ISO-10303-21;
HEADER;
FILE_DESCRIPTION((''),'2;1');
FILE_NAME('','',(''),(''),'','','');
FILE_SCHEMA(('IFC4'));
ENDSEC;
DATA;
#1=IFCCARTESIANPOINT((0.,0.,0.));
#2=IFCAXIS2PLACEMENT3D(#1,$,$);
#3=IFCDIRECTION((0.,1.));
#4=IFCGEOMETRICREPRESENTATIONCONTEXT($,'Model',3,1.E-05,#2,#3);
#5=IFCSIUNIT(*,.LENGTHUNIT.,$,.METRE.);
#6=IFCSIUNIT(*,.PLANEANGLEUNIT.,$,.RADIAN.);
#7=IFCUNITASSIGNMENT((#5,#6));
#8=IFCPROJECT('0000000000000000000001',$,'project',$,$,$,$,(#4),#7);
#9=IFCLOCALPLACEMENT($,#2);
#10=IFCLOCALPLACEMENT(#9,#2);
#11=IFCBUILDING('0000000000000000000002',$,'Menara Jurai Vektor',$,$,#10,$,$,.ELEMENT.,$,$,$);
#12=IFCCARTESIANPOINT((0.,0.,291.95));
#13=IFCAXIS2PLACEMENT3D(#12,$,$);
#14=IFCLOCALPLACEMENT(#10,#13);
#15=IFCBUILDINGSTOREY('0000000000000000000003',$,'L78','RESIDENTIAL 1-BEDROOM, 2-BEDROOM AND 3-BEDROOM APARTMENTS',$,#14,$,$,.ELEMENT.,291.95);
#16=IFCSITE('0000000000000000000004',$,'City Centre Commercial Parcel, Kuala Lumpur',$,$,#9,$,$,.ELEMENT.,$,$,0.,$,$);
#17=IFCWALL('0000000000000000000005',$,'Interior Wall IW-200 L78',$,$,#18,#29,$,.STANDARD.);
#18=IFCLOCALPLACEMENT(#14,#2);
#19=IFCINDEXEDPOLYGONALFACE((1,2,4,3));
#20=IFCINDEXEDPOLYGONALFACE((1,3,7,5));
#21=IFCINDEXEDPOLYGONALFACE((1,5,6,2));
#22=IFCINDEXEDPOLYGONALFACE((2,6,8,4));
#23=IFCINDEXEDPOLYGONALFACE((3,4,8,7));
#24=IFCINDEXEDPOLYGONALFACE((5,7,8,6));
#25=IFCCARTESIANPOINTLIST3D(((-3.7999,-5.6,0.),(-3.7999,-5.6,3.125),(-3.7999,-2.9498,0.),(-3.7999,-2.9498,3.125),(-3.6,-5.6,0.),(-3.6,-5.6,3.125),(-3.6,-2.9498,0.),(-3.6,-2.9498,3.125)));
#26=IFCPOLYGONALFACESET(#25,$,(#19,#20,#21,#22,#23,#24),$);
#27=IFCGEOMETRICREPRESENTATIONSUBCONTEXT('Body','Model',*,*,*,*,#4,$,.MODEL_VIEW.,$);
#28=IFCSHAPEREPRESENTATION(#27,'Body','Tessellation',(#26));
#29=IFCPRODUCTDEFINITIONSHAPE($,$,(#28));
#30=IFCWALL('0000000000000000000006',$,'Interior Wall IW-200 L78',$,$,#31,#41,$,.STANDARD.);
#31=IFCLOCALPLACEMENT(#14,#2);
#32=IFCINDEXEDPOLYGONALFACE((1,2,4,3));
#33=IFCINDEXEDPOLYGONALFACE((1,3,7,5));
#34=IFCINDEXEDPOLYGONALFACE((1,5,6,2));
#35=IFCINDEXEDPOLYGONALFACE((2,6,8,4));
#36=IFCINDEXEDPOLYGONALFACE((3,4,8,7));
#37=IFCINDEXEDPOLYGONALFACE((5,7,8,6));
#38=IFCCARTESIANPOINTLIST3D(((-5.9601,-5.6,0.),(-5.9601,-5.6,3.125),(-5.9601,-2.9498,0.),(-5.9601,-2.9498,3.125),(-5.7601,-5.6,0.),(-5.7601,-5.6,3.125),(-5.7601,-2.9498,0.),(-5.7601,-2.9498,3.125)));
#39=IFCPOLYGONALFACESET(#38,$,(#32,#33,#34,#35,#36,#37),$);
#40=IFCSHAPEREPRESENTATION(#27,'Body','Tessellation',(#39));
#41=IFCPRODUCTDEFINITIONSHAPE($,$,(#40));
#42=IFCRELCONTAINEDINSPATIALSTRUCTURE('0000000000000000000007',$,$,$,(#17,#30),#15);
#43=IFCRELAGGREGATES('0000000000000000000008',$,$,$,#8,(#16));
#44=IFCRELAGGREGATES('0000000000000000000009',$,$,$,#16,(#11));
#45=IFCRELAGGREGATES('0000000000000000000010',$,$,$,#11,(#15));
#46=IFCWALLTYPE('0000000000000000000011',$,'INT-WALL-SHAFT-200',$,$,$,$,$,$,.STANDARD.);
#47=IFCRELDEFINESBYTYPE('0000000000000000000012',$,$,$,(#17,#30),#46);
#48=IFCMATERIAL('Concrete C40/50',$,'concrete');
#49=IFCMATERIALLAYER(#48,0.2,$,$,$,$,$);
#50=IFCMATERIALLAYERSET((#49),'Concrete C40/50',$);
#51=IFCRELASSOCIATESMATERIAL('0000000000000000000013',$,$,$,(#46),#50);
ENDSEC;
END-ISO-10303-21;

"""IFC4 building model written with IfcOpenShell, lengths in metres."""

from ifc_helpers import new_model, si_unit, direction, frame, frame_2d, origin, place, context, subcontext, project, spatial, rectangle, extrude, material, layer, layer_set, type_object, element, save


model = new_model("IFC4")

# Units and contexts
model_context = context("Model", 3, precision=1e-05, world=origin(), true_north=direction((0.0, 1.0)))
body_context = subcontext(model_context, "Body", "Model", "MODEL_VIEW")
ifc_project = project(units=[si_unit("LENGTHUNIT", "METRE"), si_unit("PLANEANGLEUNIT", "RADIAN")], contexts=[model_context])

# Site, building, storey
site_placement = place(None, origin())
site = spatial("IfcSite", under=ifc_project, at=site_placement, Name="City Centre Commercial Parcel, Kuala Lumpur", CompositionType="ELEMENT", RefElevation=0.0)
building_placement = place(site_placement, origin())
building = spatial("IfcBuilding", under=site, at=building_placement, Name="Menara Jurai Vektor", CompositionType="ELEMENT")
storey_placement = place(building_placement, frame((0.0, 0.0, 291.95)))
storey = spatial("IfcBuildingStorey", under=building, at=storey_placement, Name="L78", Description="RESIDENTIAL 1-BEDROOM, 2-BEDROOM AND 3-BEDROOM APARTMENTS", CompositionType="ELEMENT", Elevation=291.95)

# Shared definitions
ifc_material_1 = material(Name="Concrete C40/50", Category="concrete")

# Walls
ifc_layer_1 = layer(ifc_material_1, 0.2)
ifc_layer_set_1 = layer_set([ifc_layer_1], Name="Concrete C40/50")
wall_type_1 = type_object("IfcWallType", Name="INT-WALL-SHAFT-200", PredefinedType="STANDARD", material=ifc_layer_set_1)
for number, where, z_axis, x_axis, name in (
    (1, (-3.7, -5.6001, 0.0), (0.0, 0.0, 1.0), (0.0, 1.0, 0.0), "Interior Wall IW-200 L78"),
    (2, (-5.8601, -5.6001, 0.0), (0.0, 0.0, 1.0), (0.0, 1.0, 0.0), "Interior Wall IW-200 L78"),
):
    element("IfcWall", number, at=place(storey_placement, frame(where, z_axis=z_axis, x_axis=x_axis)), inside=storey, type_object=wall_type_1, Name=name, PredefinedType="STANDARD", context=body_context, shape_type="SweptSolid", body=[
        extrude(rectangle(XDim=2.6501, YDim=0.2, at=frame_2d((1.3252, 0.0))), origin(), (0.0, 0.0, 1.0), 3.125),
    ])

save(model, "model.ifc")
